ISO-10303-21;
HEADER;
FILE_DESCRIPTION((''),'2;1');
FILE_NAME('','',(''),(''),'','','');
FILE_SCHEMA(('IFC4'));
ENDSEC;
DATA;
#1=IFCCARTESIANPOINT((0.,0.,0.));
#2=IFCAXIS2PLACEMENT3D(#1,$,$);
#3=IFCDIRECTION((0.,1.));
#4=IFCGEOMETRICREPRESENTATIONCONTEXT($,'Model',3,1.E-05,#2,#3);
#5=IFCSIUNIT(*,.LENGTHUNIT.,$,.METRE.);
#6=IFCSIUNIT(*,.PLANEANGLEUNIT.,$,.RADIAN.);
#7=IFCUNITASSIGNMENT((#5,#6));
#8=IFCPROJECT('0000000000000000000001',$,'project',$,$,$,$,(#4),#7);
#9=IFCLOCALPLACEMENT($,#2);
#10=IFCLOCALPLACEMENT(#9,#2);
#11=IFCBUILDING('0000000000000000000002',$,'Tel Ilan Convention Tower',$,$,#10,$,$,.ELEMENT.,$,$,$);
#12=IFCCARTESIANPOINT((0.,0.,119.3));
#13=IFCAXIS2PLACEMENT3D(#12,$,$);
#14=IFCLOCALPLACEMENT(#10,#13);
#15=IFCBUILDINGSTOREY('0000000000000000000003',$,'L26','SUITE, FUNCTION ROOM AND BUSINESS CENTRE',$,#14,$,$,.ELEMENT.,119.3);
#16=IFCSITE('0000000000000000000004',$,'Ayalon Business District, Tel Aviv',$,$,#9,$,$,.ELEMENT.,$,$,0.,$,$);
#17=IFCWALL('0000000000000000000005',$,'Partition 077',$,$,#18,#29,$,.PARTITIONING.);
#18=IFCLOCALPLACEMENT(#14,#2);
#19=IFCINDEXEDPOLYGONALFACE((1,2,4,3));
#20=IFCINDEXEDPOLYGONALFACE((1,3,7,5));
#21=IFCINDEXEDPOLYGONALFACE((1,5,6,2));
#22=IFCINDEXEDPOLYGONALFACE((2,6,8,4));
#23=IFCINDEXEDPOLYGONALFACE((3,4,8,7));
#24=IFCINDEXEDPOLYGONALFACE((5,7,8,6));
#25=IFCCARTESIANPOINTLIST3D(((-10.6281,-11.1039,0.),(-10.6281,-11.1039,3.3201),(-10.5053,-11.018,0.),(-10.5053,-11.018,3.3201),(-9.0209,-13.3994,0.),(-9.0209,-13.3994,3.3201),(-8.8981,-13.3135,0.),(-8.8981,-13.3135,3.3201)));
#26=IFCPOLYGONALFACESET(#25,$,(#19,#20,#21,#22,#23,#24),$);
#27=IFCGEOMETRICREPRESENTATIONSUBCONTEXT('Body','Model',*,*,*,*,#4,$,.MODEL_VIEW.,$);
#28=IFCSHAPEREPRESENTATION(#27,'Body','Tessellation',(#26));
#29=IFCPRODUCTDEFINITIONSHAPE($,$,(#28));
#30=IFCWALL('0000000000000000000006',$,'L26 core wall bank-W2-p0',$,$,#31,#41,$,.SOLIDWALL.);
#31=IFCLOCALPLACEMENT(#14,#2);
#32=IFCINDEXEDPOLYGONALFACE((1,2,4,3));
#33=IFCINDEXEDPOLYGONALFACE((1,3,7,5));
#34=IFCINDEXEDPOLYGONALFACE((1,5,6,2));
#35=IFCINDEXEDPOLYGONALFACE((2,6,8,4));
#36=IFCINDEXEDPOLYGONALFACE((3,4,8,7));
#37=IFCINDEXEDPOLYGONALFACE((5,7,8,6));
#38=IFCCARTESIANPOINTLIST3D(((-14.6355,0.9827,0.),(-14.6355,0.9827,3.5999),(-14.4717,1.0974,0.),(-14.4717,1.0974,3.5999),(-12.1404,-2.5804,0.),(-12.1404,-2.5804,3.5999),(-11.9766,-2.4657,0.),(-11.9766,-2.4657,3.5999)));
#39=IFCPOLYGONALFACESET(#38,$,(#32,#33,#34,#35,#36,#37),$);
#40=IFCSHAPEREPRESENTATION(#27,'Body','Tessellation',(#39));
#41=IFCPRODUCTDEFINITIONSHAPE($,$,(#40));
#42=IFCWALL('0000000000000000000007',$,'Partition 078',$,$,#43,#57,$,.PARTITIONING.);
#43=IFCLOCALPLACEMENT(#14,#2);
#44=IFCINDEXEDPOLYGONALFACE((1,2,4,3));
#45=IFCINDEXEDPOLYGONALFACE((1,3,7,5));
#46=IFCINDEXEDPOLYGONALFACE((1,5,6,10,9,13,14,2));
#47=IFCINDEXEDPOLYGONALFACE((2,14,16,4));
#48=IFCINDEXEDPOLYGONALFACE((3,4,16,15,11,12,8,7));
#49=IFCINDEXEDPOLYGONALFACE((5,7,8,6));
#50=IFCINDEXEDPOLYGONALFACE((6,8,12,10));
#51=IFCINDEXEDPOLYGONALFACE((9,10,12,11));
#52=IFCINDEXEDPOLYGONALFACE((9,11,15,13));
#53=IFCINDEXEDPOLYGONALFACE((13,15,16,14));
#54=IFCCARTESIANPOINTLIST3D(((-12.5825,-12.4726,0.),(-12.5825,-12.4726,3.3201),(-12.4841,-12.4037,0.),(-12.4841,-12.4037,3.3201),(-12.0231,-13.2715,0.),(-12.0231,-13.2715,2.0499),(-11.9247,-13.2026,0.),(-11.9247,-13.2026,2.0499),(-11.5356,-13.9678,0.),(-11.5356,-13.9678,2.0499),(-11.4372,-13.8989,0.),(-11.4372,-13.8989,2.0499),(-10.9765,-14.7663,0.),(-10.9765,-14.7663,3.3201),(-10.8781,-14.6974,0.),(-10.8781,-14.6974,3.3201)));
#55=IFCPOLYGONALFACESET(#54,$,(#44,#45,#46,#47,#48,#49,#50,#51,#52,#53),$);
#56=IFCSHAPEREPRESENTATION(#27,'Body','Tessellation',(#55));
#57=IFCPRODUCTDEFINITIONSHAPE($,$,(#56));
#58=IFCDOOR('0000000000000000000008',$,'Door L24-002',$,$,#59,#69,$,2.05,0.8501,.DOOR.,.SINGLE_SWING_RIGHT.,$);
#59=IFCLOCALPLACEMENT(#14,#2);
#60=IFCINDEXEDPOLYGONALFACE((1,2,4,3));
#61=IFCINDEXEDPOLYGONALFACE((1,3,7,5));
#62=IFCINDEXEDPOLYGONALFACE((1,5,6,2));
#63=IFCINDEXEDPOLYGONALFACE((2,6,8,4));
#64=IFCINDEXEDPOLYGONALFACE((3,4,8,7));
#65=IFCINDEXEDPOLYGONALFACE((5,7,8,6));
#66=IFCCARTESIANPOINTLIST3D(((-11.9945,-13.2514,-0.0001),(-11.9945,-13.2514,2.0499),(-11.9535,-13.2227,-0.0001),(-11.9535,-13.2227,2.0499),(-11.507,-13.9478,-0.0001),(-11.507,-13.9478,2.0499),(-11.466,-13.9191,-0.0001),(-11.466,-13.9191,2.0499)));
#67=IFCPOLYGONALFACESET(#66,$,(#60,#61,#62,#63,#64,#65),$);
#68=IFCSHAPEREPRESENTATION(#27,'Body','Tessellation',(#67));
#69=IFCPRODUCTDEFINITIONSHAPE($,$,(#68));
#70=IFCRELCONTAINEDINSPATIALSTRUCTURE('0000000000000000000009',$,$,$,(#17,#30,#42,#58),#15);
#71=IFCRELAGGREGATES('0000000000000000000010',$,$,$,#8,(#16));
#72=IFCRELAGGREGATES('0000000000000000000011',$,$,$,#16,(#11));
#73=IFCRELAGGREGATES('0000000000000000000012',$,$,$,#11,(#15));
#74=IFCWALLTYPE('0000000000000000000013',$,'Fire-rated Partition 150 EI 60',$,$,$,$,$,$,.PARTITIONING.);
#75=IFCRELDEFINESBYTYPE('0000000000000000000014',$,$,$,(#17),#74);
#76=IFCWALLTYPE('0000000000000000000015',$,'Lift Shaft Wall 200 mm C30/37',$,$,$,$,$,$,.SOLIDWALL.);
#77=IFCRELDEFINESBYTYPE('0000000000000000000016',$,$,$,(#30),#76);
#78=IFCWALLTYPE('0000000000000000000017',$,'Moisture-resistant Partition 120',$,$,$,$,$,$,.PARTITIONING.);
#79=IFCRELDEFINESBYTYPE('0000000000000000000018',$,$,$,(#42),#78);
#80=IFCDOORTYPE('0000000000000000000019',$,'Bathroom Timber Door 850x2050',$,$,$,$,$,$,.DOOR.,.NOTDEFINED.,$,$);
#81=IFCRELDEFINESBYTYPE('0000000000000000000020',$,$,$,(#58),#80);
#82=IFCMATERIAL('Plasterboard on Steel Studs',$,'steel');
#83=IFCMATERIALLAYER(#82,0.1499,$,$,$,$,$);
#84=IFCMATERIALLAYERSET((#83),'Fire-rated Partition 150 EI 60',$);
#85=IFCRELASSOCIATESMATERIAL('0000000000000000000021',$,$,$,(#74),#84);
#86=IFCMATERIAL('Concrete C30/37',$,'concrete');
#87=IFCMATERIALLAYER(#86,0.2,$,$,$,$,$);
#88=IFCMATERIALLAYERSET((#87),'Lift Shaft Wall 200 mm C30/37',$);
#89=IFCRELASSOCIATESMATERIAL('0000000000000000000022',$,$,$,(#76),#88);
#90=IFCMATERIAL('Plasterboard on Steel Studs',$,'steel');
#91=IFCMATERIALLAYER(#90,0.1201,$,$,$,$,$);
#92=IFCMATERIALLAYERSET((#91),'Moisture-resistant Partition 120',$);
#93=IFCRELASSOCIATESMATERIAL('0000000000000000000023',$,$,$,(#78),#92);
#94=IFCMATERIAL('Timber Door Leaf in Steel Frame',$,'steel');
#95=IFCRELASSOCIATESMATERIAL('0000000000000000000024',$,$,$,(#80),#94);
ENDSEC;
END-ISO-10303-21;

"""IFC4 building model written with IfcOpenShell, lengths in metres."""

from ifc_helpers import new_model, si_unit, direction, frame, frame_2d, origin, place, context, subcontext, project, spatial, rectangle, extrude, material, layer, layer_set, type_object, element, fill, save


model = new_model("IFC4")

# Units and contexts
model_context = context("Model", 3, precision=1e-05, world=origin(), true_north=direction((0.0, 1.0)))
body_context = subcontext(model_context, "Body", "Model", "MODEL_VIEW")
ifc_project = project(units=[si_unit("LENGTHUNIT", "METRE"), si_unit("PLANEANGLEUNIT", "RADIAN")], contexts=[model_context])

# Site, building, storey
site_placement = place(None, origin())
site = spatial("IfcSite", under=ifc_project, at=site_placement, Name="Ayalon Business District, Tel Aviv", CompositionType="ELEMENT", RefElevation=0.0)
building_placement = place(site_placement, origin())
building = spatial("IfcBuilding", under=site, at=building_placement, Name="Tel Ilan Convention Tower", CompositionType="ELEMENT")
storey_placement = place(building_placement, frame((0.0, 0.0, 119.3)))
storey = spatial("IfcBuildingStorey", under=building, at=storey_placement, Name="L26", Description="SUITE, FUNCTION ROOM AND BUSINESS CENTRE", CompositionType="ELEMENT", Elevation=119.3)

# Shared definitions
ifc_material_1 = material(Name="Plasterboard on Steel Studs", Category="steel")
ifc_layer_1 = layer(ifc_material_1, 0.1499)
ifc_layer_set_1 = layer_set([ifc_layer_1], Name="Fire-rated Partition 150 EI 60")
wall_type_1 = type_object("IfcWallType", Name="Fire-rated Partition 150 EI 60", PredefinedType="PARTITIONING", material=ifc_layer_set_1)

# Walls
wall_1_placement = place(storey_placement, frame((-8.9595, -13.3564, 0.0), z_axis=(0.0, 0.0, 1.0), x_axis=(-0.573556, 0.819166, 0.0)))
element("IfcWall", 1, at=wall_1_placement, inside=storey, type_object=wall_type_1, Name="Partition 077", PredefinedType="PARTITIONING", context=body_context, shape_type="SweptSolid", body=[
    extrude(rectangle(XDim=2.8022, YDim=0.1499, at=frame_2d((1.4011, 0.0))), origin(), (0.0, 0.0, 1.0), 3.3201),
])
ifc_material_2 = material(Name="Concrete C30/37", Category="concrete")
ifc_layer_2 = layer(ifc_material_2, 0.2)
ifc_layer_set_2 = layer_set([ifc_layer_2], Name="Lift Shaft Wall 200 mm C30/37")
wall_type_2 = type_object("IfcWallType", Name="Lift Shaft Wall 200 mm C30/37", PredefinedType="SOLIDWALL", material=ifc_layer_set_2)
wall_2_placement = place(storey_placement, frame((-12.0586, -2.5229, 0.0), z_axis=(0.0, 0.0, 1.0), x_axis=(-0.573594, 0.81914, 0.0)))
element("IfcWall", 2, at=wall_2_placement, inside=storey, type_object=wall_type_2, Name="L26 core wall bank-W2-p0", PredefinedType="SOLIDWALL", context=body_context, shape_type="SweptSolid", body=[
    extrude(rectangle(XDim=4.3499, YDim=0.2, at=frame_2d((2.1748, 0.0))), origin(), (0.0, 0.0, 1.0), 3.5999),
])

# Wall, opening, door
ifc_material_3 = material(Name="Plasterboard on Steel Studs", Category="steel")
ifc_layer_3 = layer(ifc_material_3, 0.1201)
ifc_layer_set_3 = layer_set([ifc_layer_3], Name="Moisture-resistant Partition 120")
wall_type_3 = type_object("IfcWallType", Name="Moisture-resistant Partition 120", PredefinedType="PARTITIONING", material=ifc_layer_set_3)
wall_3_placement = place(storey_placement, frame((-12.5332, -12.4382, 0.0), z_axis=(0.0, 0.0, 1.0), x_axis=(0.57355, -0.81917, 0.0)))
wall_3 = element("IfcWall", 3, at=wall_3_placement, inside=storey, type_object=wall_type_3, Name="Partition 078", PredefinedType="PARTITIONING", context=body_context, shape_type="SweptSolid", body=[
    extrude(rectangle(XDim=2.8, YDim=0.1201, at=frame_2d((1.3999, 0.0))), origin(), (0.0, 0.0, 1.0), 3.3201),
])
opening_1_placement = place(wall_3_placement, frame((0.9751, 0.0, 0.0)))
opening_1 = element("IfcOpeningElement", 4, at=opening_1_placement, cuts=wall_3, PredefinedType="OPENING", context=body_context, shape_type="SweptSolid", body=[
    extrude(rectangle(XDim=0.8501, YDim=2.05, at=frame_2d((0.425, 1.0249))), frame((0.0, 0.0701, 0.0), z_axis=(0.0, -1.0, 0.0), x_axis=(1.0, 0.0, 0.0)), (0.0, 0.0, 1.0), 0.1401),
])
ifc_material_4 = material(Name="Timber Door Leaf in Steel Frame", Category="steel")
door_type_1 = type_object("IfcDoorType", Name="Bathroom Timber Door 850x2050", OperationType="NOTDEFINED", PredefinedType="DOOR", material=ifc_material_4)
door_1_placement = place(opening_1_placement, origin())
door_1 = element("IfcDoor", 5, at=door_1_placement, inside=storey, type_object=door_type_1, Name="Door L24-002", OperationType="SINGLE_SWING_RIGHT", OverallHeight=2.05, OverallWidth=0.8501, PredefinedType="DOOR", context=body_context, shape_type="SweptSolid", body=[
    extrude(rectangle(XDim=0.8501, YDim=2.05, at=frame_2d((0.425, 1.0249))), frame((0.0, 0.0249, 0.0), z_axis=(0.0, -1.0, 0.0), x_axis=(1.0, 0.0, 0.0)), (0.0, 0.0, 1.0), 0.05),
])
fill(opening_1, door_1)

save(model, "model.ifc")
